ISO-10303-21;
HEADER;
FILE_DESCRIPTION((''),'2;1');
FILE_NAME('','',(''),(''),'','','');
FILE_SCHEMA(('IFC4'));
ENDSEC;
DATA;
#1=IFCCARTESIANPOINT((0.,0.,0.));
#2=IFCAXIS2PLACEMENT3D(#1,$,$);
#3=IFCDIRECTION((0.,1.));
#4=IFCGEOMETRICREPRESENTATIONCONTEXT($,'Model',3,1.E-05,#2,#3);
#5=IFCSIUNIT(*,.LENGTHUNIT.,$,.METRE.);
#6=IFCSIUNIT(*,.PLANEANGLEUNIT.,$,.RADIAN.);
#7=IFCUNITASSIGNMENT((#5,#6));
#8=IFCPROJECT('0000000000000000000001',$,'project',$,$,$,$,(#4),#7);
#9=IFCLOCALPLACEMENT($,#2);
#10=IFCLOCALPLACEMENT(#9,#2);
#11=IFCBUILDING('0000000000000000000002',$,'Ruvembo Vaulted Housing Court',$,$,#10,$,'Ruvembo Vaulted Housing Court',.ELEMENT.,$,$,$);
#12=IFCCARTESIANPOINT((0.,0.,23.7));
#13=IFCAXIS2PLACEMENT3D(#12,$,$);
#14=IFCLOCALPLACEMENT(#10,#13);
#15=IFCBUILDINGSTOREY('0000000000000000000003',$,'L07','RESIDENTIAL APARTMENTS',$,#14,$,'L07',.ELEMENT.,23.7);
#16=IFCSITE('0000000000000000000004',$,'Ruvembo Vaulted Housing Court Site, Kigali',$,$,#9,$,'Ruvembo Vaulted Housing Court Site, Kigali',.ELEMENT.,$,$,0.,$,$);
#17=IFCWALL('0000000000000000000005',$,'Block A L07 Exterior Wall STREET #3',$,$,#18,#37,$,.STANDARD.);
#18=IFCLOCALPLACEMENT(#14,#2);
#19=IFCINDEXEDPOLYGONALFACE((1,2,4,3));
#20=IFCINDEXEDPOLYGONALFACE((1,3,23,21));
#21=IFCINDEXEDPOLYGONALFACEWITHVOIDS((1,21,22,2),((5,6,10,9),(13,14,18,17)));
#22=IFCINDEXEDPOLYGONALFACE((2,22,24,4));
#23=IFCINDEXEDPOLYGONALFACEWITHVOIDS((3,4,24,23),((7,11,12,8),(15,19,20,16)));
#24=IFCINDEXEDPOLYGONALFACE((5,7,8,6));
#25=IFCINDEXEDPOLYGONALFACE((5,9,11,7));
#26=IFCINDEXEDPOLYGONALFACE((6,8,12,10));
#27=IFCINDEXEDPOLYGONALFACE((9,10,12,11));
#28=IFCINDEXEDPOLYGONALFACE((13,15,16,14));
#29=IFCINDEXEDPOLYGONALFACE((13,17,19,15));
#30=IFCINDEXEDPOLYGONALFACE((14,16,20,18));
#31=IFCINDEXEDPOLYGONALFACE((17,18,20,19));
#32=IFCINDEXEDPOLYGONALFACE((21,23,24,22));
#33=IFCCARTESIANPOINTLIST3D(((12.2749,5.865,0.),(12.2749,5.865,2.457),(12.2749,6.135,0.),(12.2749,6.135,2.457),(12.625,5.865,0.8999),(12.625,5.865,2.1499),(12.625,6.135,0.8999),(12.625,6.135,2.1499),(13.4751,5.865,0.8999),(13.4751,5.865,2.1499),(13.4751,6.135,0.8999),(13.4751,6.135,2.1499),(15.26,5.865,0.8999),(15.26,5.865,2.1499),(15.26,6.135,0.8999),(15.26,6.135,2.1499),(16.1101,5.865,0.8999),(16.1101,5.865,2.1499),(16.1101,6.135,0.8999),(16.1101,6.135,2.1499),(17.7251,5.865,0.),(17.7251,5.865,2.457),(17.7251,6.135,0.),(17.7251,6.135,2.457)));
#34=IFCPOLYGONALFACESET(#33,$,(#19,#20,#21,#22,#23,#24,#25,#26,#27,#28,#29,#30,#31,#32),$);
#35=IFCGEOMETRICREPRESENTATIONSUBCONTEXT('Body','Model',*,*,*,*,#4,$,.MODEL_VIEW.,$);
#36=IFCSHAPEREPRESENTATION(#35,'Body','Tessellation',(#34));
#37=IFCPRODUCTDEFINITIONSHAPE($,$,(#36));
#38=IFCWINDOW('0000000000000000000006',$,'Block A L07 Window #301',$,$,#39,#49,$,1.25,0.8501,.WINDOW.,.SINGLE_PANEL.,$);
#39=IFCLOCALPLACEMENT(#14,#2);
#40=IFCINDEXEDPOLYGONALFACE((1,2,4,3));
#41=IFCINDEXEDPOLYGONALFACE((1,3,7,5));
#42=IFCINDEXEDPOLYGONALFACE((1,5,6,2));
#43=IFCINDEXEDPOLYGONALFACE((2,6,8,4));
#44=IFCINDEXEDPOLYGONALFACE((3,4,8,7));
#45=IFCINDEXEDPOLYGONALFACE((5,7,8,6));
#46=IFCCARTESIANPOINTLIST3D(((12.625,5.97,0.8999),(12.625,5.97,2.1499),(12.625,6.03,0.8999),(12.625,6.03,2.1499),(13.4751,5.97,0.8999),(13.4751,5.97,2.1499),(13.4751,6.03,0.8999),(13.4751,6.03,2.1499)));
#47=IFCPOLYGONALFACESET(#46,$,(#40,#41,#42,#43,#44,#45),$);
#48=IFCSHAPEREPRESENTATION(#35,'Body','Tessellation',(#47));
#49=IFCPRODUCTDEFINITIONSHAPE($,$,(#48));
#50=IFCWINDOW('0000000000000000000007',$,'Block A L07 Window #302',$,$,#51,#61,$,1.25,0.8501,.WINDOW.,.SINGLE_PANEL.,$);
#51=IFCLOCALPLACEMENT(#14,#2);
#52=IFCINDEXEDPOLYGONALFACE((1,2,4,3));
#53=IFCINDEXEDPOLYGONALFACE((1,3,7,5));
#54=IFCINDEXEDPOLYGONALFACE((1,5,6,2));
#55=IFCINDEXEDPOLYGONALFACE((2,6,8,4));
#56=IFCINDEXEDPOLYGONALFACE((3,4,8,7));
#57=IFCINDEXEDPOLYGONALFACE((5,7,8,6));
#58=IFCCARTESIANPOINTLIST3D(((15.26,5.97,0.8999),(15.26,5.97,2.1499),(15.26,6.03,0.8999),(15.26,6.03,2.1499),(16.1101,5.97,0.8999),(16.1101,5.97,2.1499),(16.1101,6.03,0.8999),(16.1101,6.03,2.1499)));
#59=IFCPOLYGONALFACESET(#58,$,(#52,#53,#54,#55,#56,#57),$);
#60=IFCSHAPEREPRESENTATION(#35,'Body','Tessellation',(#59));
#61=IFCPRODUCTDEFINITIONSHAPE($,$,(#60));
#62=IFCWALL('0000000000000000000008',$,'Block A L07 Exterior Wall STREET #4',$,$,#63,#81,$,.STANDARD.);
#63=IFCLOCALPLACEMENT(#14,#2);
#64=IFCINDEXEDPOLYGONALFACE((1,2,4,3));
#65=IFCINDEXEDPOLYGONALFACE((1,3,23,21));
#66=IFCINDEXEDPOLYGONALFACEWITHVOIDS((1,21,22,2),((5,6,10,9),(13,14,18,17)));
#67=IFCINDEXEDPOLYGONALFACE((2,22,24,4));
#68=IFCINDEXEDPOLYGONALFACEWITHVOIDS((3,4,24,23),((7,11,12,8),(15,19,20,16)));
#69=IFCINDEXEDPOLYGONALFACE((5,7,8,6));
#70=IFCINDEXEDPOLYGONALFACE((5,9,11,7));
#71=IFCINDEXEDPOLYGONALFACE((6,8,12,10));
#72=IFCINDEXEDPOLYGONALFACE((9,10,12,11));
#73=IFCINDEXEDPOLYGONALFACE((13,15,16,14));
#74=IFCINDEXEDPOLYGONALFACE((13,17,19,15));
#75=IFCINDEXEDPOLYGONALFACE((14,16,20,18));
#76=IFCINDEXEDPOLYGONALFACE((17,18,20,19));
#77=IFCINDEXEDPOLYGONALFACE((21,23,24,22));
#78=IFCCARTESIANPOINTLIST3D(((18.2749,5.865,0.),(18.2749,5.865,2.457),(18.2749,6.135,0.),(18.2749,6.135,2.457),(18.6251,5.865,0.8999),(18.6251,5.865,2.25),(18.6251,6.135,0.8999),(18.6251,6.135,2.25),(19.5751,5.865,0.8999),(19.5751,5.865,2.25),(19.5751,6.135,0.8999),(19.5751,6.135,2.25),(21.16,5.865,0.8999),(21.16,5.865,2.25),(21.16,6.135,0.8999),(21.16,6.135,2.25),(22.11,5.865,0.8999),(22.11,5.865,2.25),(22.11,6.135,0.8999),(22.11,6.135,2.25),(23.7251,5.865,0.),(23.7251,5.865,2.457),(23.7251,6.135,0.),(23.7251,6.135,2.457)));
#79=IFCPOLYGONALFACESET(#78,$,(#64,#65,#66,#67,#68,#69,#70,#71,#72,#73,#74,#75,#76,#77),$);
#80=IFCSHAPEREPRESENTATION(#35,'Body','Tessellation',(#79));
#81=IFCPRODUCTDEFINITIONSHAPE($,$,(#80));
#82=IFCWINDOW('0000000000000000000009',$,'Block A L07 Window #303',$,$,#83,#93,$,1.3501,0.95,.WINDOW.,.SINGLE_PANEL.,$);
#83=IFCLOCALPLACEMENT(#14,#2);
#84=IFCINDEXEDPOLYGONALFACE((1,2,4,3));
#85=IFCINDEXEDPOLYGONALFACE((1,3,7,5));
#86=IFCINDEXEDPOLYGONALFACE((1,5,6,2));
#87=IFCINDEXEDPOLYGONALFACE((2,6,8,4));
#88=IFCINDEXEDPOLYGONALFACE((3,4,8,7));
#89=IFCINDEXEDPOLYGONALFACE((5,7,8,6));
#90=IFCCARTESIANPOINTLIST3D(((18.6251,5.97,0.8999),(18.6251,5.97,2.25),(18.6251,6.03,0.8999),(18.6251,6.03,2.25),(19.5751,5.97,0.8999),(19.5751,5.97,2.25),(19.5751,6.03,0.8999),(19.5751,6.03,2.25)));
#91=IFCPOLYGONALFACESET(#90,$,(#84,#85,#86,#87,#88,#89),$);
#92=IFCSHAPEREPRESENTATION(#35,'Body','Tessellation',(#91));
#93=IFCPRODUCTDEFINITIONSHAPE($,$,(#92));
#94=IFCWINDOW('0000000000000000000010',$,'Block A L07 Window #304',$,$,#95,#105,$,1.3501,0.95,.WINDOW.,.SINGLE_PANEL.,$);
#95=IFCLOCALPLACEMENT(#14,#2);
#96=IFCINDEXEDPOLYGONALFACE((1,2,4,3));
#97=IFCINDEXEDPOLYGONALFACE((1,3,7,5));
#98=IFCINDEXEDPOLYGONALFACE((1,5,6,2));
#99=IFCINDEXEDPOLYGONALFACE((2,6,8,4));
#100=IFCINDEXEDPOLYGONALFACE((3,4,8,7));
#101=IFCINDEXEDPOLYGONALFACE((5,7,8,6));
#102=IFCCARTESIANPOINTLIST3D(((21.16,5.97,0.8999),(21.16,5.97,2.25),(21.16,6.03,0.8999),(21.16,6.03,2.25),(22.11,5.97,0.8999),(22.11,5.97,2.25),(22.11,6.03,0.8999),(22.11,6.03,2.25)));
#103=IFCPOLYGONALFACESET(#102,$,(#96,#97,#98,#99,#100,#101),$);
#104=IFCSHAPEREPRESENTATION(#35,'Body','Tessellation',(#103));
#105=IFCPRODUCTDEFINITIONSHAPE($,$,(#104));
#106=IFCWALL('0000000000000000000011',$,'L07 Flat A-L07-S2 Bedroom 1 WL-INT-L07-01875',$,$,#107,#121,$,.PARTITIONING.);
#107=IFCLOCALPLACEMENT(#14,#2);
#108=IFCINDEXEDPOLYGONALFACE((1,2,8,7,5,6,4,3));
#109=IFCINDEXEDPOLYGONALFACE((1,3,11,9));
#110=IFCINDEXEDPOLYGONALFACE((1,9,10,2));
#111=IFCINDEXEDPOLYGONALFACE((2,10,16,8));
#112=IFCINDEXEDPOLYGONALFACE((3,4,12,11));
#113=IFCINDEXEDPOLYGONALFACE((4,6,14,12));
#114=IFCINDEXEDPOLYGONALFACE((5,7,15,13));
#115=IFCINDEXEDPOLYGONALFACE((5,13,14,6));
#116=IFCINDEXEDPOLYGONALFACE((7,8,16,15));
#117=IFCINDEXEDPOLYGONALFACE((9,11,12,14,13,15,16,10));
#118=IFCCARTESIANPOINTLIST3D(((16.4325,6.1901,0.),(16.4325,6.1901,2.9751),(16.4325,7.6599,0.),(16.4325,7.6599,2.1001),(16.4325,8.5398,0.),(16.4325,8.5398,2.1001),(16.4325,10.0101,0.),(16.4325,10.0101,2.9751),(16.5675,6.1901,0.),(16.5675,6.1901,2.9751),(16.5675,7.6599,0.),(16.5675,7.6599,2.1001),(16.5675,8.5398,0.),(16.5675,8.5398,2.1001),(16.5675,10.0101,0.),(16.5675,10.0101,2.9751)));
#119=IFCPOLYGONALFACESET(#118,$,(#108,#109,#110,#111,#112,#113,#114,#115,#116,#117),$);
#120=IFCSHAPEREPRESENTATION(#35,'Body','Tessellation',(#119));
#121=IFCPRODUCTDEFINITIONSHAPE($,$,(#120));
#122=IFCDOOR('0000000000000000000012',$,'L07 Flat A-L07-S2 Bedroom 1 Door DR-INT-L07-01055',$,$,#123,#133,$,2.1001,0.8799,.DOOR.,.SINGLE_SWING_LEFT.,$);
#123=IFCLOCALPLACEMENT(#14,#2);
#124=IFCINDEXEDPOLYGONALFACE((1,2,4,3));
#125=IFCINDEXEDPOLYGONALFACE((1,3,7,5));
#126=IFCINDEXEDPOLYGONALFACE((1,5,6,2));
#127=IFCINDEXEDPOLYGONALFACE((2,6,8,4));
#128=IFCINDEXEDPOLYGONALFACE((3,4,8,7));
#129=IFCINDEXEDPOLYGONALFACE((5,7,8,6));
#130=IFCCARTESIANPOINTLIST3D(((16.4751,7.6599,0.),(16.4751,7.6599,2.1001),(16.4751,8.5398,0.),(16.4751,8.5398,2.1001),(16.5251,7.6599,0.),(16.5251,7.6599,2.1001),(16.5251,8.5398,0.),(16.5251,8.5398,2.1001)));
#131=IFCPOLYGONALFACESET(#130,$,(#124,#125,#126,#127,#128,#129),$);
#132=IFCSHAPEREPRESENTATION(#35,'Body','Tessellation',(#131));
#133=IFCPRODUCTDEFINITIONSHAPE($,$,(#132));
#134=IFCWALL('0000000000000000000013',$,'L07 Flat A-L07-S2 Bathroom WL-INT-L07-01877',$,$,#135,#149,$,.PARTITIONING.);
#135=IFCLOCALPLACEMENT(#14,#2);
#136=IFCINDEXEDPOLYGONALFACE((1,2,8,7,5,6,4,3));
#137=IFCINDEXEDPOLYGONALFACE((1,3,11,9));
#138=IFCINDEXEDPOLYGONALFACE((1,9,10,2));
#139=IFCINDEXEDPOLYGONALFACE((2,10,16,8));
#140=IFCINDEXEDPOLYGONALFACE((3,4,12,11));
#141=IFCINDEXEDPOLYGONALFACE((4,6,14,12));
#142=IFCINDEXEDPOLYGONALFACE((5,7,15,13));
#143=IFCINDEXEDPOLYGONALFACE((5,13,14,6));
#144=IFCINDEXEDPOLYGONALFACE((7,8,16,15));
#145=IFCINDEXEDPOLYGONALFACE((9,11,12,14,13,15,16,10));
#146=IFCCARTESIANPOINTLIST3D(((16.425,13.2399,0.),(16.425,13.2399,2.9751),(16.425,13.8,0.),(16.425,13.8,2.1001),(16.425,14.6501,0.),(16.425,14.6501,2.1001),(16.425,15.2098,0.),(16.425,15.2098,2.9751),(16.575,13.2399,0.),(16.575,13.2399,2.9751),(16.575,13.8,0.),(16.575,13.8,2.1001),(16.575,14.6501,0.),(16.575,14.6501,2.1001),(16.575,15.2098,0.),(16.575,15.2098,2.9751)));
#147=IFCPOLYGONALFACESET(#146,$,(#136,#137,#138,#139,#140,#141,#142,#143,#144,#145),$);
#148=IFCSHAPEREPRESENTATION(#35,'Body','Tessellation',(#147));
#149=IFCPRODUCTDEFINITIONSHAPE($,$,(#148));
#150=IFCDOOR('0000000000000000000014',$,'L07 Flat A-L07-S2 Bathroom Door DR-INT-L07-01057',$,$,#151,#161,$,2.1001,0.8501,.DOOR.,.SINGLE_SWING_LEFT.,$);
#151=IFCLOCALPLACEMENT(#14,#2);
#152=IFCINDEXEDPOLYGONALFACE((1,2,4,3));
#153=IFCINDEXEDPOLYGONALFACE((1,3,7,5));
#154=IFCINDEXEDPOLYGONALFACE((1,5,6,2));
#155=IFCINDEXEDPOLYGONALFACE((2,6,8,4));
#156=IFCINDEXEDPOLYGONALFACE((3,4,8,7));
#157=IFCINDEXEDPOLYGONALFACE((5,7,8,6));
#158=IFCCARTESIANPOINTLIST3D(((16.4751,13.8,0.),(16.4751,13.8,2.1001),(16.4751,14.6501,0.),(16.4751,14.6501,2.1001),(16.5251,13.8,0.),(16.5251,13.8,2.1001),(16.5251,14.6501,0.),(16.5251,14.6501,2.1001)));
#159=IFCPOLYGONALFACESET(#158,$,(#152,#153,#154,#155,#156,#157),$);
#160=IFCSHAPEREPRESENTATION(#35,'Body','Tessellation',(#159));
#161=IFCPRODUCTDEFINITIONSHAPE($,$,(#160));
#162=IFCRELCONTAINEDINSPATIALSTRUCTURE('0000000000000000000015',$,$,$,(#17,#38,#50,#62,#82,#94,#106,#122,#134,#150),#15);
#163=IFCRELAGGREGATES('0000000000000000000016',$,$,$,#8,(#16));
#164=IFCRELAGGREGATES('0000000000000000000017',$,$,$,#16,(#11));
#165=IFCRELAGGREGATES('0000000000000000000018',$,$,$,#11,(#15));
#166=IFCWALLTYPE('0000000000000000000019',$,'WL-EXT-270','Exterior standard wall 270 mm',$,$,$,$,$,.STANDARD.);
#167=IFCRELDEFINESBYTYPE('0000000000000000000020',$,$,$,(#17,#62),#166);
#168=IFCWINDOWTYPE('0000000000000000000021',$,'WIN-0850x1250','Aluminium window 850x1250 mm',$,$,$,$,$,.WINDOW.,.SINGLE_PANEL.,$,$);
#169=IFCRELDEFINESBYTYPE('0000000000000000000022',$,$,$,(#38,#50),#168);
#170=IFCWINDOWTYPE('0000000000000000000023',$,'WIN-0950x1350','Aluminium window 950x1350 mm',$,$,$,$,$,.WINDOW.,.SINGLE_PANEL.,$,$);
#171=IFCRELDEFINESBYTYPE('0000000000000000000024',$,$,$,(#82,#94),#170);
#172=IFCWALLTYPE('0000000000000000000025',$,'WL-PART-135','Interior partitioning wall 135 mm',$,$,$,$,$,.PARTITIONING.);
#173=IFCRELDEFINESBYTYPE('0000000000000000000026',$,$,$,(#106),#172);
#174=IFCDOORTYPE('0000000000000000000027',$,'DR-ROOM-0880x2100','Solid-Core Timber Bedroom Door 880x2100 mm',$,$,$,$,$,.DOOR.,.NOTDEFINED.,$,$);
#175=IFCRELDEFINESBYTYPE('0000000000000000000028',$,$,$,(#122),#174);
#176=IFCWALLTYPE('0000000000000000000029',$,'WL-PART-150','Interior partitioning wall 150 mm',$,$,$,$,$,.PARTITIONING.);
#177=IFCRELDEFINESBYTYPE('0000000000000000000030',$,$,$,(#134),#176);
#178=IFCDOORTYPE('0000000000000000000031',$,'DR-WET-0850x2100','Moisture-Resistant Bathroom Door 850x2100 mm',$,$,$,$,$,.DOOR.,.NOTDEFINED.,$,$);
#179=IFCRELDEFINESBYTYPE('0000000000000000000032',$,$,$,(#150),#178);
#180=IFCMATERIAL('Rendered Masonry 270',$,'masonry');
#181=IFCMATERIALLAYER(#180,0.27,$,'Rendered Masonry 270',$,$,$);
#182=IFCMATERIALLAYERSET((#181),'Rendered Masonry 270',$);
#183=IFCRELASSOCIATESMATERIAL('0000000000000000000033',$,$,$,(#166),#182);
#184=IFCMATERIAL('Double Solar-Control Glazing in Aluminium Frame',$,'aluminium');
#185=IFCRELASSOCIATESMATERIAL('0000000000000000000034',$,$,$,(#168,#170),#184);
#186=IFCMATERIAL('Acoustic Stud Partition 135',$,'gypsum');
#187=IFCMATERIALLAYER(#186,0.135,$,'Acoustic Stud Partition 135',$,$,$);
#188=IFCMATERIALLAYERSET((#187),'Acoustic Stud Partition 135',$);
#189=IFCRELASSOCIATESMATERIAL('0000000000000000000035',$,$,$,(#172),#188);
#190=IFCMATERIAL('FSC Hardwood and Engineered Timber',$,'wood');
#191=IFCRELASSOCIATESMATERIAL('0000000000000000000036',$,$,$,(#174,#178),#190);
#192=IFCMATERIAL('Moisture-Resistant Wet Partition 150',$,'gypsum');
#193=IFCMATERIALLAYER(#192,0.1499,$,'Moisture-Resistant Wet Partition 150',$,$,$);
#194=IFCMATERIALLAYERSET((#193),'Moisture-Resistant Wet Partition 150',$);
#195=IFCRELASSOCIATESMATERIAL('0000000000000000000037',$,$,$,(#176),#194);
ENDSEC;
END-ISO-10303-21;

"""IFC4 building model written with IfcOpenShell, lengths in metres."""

from ifc_helpers import new_model, si_unit, direction, frame, frame_2d, origin, place, context, subcontext, project, spatial, rectangle, extrude, material, layer, layer_set, type_object, element, fill, save


model = new_model("IFC4")

# Units and contexts
model_context = context("Model", 3, precision=1e-05, world=origin(), true_north=direction((0.0, 1.0)))
body_context = subcontext(model_context, "Body", "Model", "MODEL_VIEW")
ifc_project = project(units=[si_unit("LENGTHUNIT", "METRE"), si_unit("PLANEANGLEUNIT", "RADIAN")], contexts=[model_context])

# Site, building, storey
site_placement = place(None, origin())
site = spatial("IfcSite", under=ifc_project, at=site_placement, Name="Ruvembo Vaulted Housing Court Site, Kigali", LongName="Ruvembo Vaulted Housing Court Site, Kigali", CompositionType="ELEMENT", RefElevation=0.0)
building_placement = place(site_placement, origin())
building = spatial("IfcBuilding", under=site, at=building_placement, Name="Ruvembo Vaulted Housing Court", LongName="Ruvembo Vaulted Housing Court", CompositionType="ELEMENT")
storey_placement = place(building_placement, frame((0.0, 0.0, 23.7)))
storey = spatial("IfcBuildingStorey", under=building, at=storey_placement, Name="L07", Description="RESIDENTIAL APARTMENTS", LongName="L07", CompositionType="ELEMENT", Elevation=23.7)

# Walls, openings, windows
ifc_material_1 = material(Name="Rendered Masonry 270", Category="masonry")
ifc_layer_1 = layer(ifc_material_1, 0.27, Name="Rendered Masonry 270")
ifc_layer_set_1 = layer_set([ifc_layer_1], Name="Rendered Masonry 270")
wall_type_1 = type_object("IfcWallType", Name="WL-EXT-270", Description="Exterior standard wall 270 mm", PredefinedType="STANDARD", material=ifc_layer_set_1)
wall_1_placement = place(storey_placement, frame((12.2749, 6.0, 0.0), z_axis=(0.0, 0.0, 1.0), x_axis=(1.0, 0.0, 0.0)))
wall_1 = element("IfcWall", 1, at=wall_1_placement, inside=storey, type_object=wall_type_1, Name="Block A L07 Exterior Wall STREET #3", PredefinedType="STANDARD", context=body_context, shape_type="SweptSolid", body=[
    extrude(rectangle(XDim=5.4502, YDim=0.27, at=frame_2d((2.7251, 0.0))), origin(), (0.0, 0.0, 1.0), 2.457),
])
opening_1_placement = place(wall_1_placement, frame((0.3501, 0.0, 0.8999)))
opening_1 = element("IfcOpeningElement", 2, at=opening_1_placement, cuts=wall_1, PredefinedType="OPENING", context=body_context, shape_type="SweptSolid", body=[
    extrude(rectangle(XDim=0.8501, YDim=1.25, at=frame_2d((0.425, 0.625))), frame((0.0, 0.145, 0.0), z_axis=(0.0, -1.0, 0.0), x_axis=(1.0, 0.0, 0.0)), (0.0, 0.0, 1.0), 0.29),
])
opening_2_placement = place(wall_1_placement, frame((2.9851, 0.0, 0.8999)))
opening_2 = element("IfcOpeningElement", 3, at=opening_2_placement, cuts=wall_1, PredefinedType="OPENING", context=body_context, shape_type="SweptSolid", body=[
    extrude(rectangle(XDim=0.8501, YDim=1.25, at=frame_2d((0.425, 0.625))), frame((0.0, 0.145, 0.0), z_axis=(0.0, -1.0, 0.0), x_axis=(1.0, 0.0, 0.0)), (0.0, 0.0, 1.0), 0.29),
])
ifc_material_2 = material(Name="Double Solar-Control Glazing in Aluminium Frame", Category="aluminium")
window_type_1 = type_object("IfcWindowType", Name="WIN-0850x1250", Description="Aluminium window 850x1250 mm", PartitioningType="SINGLE_PANEL", PredefinedType="WINDOW", material=ifc_material_2)
window_1_placement = place(opening_1_placement, origin())
window_1 = element("IfcWindow", 4, at=window_1_placement, inside=storey, type_object=window_type_1, Name="Block A L07 Window #301", OverallHeight=1.25, OverallWidth=0.8501, PartitioningType="SINGLE_PANEL", PredefinedType="WINDOW", context=body_context, shape_type="SweptSolid", body=[
    extrude(rectangle(XDim=0.8501, YDim=1.25, at=frame_2d((0.425, 0.625))), frame((0.0, 0.03, 0.0), z_axis=(0.0, -1.0, 0.0), x_axis=(1.0, 0.0, 0.0)), (0.0, 0.0, 1.0), 0.0601),
])
fill(opening_1, window_1)
window_2_placement = place(opening_2_placement, origin())
window_2 = element("IfcWindow", 5, at=window_2_placement, inside=storey, type_object=window_type_1, Name="Block A L07 Window #302", OverallHeight=1.25, OverallWidth=0.8501, PartitioningType="SINGLE_PANEL", PredefinedType="WINDOW", context=body_context, shape_type="SweptSolid", body=[
    extrude(rectangle(XDim=0.8501, YDim=1.25, at=frame_2d((0.425, 0.625))), frame((0.0, 0.03, 0.0), z_axis=(0.0, -1.0, 0.0), x_axis=(1.0, 0.0, 0.0)), (0.0, 0.0, 1.0), 0.0601),
])
fill(opening_2, window_2)
wall_2_placement = place(storey_placement, frame((18.2749, 6.0, 0.0), z_axis=(0.0, 0.0, 1.0), x_axis=(1.0, 0.0, 0.0)))
wall_2 = element("IfcWall", 6, at=wall_2_placement, inside=storey, type_object=wall_type_1, Name="Block A L07 Exterior Wall STREET #4", PredefinedType="STANDARD", context=body_context, shape_type="SweptSolid", body=[
    extrude(rectangle(XDim=5.4502, YDim=0.27, at=frame_2d((2.7251, 0.0))), origin(), (0.0, 0.0, 1.0), 2.457),
])
opening_3_placement = place(wall_2_placement, frame((0.3501, 0.0, 0.8999)))
opening_3 = element("IfcOpeningElement", 7, at=opening_3_placement, cuts=wall_2, PredefinedType="OPENING", context=body_context, shape_type="SweptSolid", body=[
    extrude(rectangle(XDim=0.95, YDim=1.3501, at=frame_2d((0.4751, 0.675))), frame((0.0, 0.145, 0.0), z_axis=(0.0, -1.0, 0.0), x_axis=(1.0, 0.0, 0.0)), (0.0, 0.0, 1.0), 0.29),
])
opening_4_placement = place(wall_2_placement, frame((2.885, 0.0, 0.8999)))
opening_4 = element("IfcOpeningElement", 8, at=opening_4_placement, cuts=wall_2, PredefinedType="OPENING", context=body_context, shape_type="SweptSolid", body=[
    extrude(rectangle(XDim=0.95, YDim=1.3501, at=frame_2d((0.4751, 0.675))), frame((0.0, 0.145, 0.0), z_axis=(0.0, -1.0, 0.0), x_axis=(1.0, 0.0, 0.0)), (0.0, 0.0, 1.0), 0.29),
])
window_type_2 = type_object("IfcWindowType", Name="WIN-0950x1350", Description="Aluminium window 950x1350 mm", PartitioningType="SINGLE_PANEL", PredefinedType="WINDOW", material=ifc_material_2)
window_3_placement = place(opening_3_placement, origin())
window_3 = element("IfcWindow", 9, at=window_3_placement, inside=storey, type_object=window_type_2, Name="Block A L07 Window #303", OverallHeight=1.3501, OverallWidth=0.95, PartitioningType="SINGLE_PANEL", PredefinedType="WINDOW", context=body_context, shape_type="SweptSolid", body=[
    extrude(rectangle(XDim=0.95, YDim=1.3501, at=frame_2d((0.4751, 0.675))), frame((0.0, 0.03, 0.0), z_axis=(0.0, -1.0, 0.0), x_axis=(1.0, 0.0, 0.0)), (0.0, 0.0, 1.0), 0.0601),
])
fill(opening_3, window_3)
window_4_placement = place(opening_4_placement, origin())
window_4 = element("IfcWindow", 10, at=window_4_placement, inside=storey, type_object=window_type_2, Name="Block A L07 Window #304", OverallHeight=1.3501, OverallWidth=0.95, PartitioningType="SINGLE_PANEL", PredefinedType="WINDOW", context=body_context, shape_type="SweptSolid", body=[
    extrude(rectangle(XDim=0.95, YDim=1.3501, at=frame_2d((0.4751, 0.675))), frame((0.0, 0.03, 0.0), z_axis=(0.0, -1.0, 0.0), x_axis=(1.0, 0.0, 0.0)), (0.0, 0.0, 1.0), 0.0601),
])
fill(opening_4, window_4)

# Walls, openings, doors
ifc_material_3 = material(Name="Acoustic Stud Partition 135", Category="gypsum")
ifc_layer_2 = layer(ifc_material_3, 0.135, Name="Acoustic Stud Partition 135")
ifc_layer_set_2 = layer_set([ifc_layer_2], Name="Acoustic Stud Partition 135")
wall_type_2 = type_object("IfcWallType", Name="WL-PART-135", Description="Interior partitioning wall 135 mm", PredefinedType="PARTITIONING", material=ifc_layer_set_2)
wall_3_placement = place(storey_placement, frame((16.5, 6.1899, 0.0), z_axis=(0.0, 0.0, 1.0), x_axis=(0.0, 1.0, 0.0)))
wall_3 = element("IfcWall", 11, at=wall_3_placement, inside=storey, type_object=wall_type_2, Name="L07 Flat A-L07-S2 Bedroom 1 WL-INT-L07-01875", PredefinedType="PARTITIONING", context=body_context, shape_type="SweptSolid", body=[
    extrude(rectangle(XDim=3.8201, YDim=0.135, at=frame_2d((1.9102, 0.0))), origin(), (0.0, 0.0, 1.0), 2.9751),
])
opening_5_placement = place(wall_3_placement, frame((1.47, 0.0, 0.0)))
opening_5 = element("IfcOpeningElement", 12, at=opening_5_placement, cuts=wall_3, PredefinedType="OPENING", context=body_context, shape_type="SweptSolid", body=[
    extrude(rectangle(XDim=0.8799, YDim=2.1001, at=frame_2d((0.4399, 1.05))), frame((0.0, 0.0774, 0.0), z_axis=(0.0, -1.0, 0.0), x_axis=(1.0, 0.0, 0.0)), (0.0, 0.0, 1.0), 0.155),
])
ifc_material_4 = material(Name="FSC Hardwood and Engineered Timber", Category="wood")
door_type_1 = type_object("IfcDoorType", Name="DR-ROOM-0880x2100", Description="Solid-Core Timber Bedroom Door 880x2100 mm", OperationType="NOTDEFINED", PredefinedType="DOOR", material=ifc_material_4)
door_1_placement = place(opening_5_placement, origin())
door_1 = element("IfcDoor", 13, at=door_1_placement, inside=storey, type_object=door_type_1, Name="L07 Flat A-L07-S2 Bedroom 1 Door DR-INT-L07-01055", OperationType="SINGLE_SWING_LEFT", OverallHeight=2.1001, OverallWidth=0.8799, PredefinedType="DOOR", context=body_context, shape_type="SweptSolid", body=[
    extrude(rectangle(XDim=0.8799, YDim=2.1001, at=frame_2d((0.4399, 1.05))), frame((0.0, 0.0249, 0.0), z_axis=(0.0, -1.0, 0.0), x_axis=(1.0, 0.0, 0.0)), (0.0, 0.0, 1.0), 0.05),
])
fill(opening_5, door_1)
ifc_material_5 = material(Name="Moisture-Resistant Wet Partition 150", Category="gypsum")
ifc_layer_3 = layer(ifc_material_5, 0.1499, Name="Moisture-Resistant Wet Partition 150")
ifc_layer_set_3 = layer_set([ifc_layer_3], Name="Moisture-Resistant Wet Partition 150")
wall_type_3 = type_object("IfcWallType", Name="WL-PART-150", Description="Interior partitioning wall 150 mm", PredefinedType="PARTITIONING", material=ifc_layer_set_3)
wall_4_placement = place(storey_placement, frame((16.5, 13.24, 0.0), z_axis=(0.0, 0.0, 1.0), x_axis=(0.0, 1.0, 0.0)))
wall_4 = element("IfcWall", 14, at=wall_4_placement, inside=storey, type_object=wall_type_3, Name="L07 Flat A-L07-S2 Bathroom WL-INT-L07-01877", PredefinedType="PARTITIONING", context=body_context, shape_type="SweptSolid", body=[
    extrude(rectangle(XDim=1.97, YDim=0.1499, at=frame_2d((0.9849, 0.0))), origin(), (0.0, 0.0, 1.0), 2.9751),
])
opening_6_placement = place(wall_4_placement, frame((0.5601, 0.0, 0.0)))
opening_6 = element("IfcOpeningElement", 15, at=opening_6_placement, cuts=wall_4, PredefinedType="OPENING", context=body_context, shape_type="SweptSolid", body=[
    extrude(rectangle(XDim=0.8501, YDim=2.1001, at=frame_2d((0.425, 1.05))), frame((0.0, 0.085, 0.0), z_axis=(0.0, -1.0, 0.0), x_axis=(1.0, 0.0, 0.0)), (0.0, 0.0, 1.0), 0.1699),
])
door_type_2 = type_object("IfcDoorType", Name="DR-WET-0850x2100", Description="Moisture-Resistant Bathroom Door 850x2100 mm", OperationType="NOTDEFINED", PredefinedType="DOOR", material=ifc_material_4)
door_2_placement = place(opening_6_placement, origin())
door_2 = element("IfcDoor", 16, at=door_2_placement, inside=storey, type_object=door_type_2, Name="L07 Flat A-L07-S2 Bathroom Door DR-INT-L07-01057", OperationType="SINGLE_SWING_LEFT", OverallHeight=2.1001, OverallWidth=0.8501, PredefinedType="DOOR", context=body_context, shape_type="SweptSolid", body=[
    extrude(rectangle(XDim=0.8501, YDim=2.1001, at=frame_2d((0.425, 1.05))), frame((0.0, 0.0249, 0.0), z_axis=(0.0, -1.0, 0.0), x_axis=(1.0, 0.0, 0.0)), (0.0, 0.0, 1.0), 0.05),
])
fill(opening_6, door_2)

save(model, "model.ifc")
